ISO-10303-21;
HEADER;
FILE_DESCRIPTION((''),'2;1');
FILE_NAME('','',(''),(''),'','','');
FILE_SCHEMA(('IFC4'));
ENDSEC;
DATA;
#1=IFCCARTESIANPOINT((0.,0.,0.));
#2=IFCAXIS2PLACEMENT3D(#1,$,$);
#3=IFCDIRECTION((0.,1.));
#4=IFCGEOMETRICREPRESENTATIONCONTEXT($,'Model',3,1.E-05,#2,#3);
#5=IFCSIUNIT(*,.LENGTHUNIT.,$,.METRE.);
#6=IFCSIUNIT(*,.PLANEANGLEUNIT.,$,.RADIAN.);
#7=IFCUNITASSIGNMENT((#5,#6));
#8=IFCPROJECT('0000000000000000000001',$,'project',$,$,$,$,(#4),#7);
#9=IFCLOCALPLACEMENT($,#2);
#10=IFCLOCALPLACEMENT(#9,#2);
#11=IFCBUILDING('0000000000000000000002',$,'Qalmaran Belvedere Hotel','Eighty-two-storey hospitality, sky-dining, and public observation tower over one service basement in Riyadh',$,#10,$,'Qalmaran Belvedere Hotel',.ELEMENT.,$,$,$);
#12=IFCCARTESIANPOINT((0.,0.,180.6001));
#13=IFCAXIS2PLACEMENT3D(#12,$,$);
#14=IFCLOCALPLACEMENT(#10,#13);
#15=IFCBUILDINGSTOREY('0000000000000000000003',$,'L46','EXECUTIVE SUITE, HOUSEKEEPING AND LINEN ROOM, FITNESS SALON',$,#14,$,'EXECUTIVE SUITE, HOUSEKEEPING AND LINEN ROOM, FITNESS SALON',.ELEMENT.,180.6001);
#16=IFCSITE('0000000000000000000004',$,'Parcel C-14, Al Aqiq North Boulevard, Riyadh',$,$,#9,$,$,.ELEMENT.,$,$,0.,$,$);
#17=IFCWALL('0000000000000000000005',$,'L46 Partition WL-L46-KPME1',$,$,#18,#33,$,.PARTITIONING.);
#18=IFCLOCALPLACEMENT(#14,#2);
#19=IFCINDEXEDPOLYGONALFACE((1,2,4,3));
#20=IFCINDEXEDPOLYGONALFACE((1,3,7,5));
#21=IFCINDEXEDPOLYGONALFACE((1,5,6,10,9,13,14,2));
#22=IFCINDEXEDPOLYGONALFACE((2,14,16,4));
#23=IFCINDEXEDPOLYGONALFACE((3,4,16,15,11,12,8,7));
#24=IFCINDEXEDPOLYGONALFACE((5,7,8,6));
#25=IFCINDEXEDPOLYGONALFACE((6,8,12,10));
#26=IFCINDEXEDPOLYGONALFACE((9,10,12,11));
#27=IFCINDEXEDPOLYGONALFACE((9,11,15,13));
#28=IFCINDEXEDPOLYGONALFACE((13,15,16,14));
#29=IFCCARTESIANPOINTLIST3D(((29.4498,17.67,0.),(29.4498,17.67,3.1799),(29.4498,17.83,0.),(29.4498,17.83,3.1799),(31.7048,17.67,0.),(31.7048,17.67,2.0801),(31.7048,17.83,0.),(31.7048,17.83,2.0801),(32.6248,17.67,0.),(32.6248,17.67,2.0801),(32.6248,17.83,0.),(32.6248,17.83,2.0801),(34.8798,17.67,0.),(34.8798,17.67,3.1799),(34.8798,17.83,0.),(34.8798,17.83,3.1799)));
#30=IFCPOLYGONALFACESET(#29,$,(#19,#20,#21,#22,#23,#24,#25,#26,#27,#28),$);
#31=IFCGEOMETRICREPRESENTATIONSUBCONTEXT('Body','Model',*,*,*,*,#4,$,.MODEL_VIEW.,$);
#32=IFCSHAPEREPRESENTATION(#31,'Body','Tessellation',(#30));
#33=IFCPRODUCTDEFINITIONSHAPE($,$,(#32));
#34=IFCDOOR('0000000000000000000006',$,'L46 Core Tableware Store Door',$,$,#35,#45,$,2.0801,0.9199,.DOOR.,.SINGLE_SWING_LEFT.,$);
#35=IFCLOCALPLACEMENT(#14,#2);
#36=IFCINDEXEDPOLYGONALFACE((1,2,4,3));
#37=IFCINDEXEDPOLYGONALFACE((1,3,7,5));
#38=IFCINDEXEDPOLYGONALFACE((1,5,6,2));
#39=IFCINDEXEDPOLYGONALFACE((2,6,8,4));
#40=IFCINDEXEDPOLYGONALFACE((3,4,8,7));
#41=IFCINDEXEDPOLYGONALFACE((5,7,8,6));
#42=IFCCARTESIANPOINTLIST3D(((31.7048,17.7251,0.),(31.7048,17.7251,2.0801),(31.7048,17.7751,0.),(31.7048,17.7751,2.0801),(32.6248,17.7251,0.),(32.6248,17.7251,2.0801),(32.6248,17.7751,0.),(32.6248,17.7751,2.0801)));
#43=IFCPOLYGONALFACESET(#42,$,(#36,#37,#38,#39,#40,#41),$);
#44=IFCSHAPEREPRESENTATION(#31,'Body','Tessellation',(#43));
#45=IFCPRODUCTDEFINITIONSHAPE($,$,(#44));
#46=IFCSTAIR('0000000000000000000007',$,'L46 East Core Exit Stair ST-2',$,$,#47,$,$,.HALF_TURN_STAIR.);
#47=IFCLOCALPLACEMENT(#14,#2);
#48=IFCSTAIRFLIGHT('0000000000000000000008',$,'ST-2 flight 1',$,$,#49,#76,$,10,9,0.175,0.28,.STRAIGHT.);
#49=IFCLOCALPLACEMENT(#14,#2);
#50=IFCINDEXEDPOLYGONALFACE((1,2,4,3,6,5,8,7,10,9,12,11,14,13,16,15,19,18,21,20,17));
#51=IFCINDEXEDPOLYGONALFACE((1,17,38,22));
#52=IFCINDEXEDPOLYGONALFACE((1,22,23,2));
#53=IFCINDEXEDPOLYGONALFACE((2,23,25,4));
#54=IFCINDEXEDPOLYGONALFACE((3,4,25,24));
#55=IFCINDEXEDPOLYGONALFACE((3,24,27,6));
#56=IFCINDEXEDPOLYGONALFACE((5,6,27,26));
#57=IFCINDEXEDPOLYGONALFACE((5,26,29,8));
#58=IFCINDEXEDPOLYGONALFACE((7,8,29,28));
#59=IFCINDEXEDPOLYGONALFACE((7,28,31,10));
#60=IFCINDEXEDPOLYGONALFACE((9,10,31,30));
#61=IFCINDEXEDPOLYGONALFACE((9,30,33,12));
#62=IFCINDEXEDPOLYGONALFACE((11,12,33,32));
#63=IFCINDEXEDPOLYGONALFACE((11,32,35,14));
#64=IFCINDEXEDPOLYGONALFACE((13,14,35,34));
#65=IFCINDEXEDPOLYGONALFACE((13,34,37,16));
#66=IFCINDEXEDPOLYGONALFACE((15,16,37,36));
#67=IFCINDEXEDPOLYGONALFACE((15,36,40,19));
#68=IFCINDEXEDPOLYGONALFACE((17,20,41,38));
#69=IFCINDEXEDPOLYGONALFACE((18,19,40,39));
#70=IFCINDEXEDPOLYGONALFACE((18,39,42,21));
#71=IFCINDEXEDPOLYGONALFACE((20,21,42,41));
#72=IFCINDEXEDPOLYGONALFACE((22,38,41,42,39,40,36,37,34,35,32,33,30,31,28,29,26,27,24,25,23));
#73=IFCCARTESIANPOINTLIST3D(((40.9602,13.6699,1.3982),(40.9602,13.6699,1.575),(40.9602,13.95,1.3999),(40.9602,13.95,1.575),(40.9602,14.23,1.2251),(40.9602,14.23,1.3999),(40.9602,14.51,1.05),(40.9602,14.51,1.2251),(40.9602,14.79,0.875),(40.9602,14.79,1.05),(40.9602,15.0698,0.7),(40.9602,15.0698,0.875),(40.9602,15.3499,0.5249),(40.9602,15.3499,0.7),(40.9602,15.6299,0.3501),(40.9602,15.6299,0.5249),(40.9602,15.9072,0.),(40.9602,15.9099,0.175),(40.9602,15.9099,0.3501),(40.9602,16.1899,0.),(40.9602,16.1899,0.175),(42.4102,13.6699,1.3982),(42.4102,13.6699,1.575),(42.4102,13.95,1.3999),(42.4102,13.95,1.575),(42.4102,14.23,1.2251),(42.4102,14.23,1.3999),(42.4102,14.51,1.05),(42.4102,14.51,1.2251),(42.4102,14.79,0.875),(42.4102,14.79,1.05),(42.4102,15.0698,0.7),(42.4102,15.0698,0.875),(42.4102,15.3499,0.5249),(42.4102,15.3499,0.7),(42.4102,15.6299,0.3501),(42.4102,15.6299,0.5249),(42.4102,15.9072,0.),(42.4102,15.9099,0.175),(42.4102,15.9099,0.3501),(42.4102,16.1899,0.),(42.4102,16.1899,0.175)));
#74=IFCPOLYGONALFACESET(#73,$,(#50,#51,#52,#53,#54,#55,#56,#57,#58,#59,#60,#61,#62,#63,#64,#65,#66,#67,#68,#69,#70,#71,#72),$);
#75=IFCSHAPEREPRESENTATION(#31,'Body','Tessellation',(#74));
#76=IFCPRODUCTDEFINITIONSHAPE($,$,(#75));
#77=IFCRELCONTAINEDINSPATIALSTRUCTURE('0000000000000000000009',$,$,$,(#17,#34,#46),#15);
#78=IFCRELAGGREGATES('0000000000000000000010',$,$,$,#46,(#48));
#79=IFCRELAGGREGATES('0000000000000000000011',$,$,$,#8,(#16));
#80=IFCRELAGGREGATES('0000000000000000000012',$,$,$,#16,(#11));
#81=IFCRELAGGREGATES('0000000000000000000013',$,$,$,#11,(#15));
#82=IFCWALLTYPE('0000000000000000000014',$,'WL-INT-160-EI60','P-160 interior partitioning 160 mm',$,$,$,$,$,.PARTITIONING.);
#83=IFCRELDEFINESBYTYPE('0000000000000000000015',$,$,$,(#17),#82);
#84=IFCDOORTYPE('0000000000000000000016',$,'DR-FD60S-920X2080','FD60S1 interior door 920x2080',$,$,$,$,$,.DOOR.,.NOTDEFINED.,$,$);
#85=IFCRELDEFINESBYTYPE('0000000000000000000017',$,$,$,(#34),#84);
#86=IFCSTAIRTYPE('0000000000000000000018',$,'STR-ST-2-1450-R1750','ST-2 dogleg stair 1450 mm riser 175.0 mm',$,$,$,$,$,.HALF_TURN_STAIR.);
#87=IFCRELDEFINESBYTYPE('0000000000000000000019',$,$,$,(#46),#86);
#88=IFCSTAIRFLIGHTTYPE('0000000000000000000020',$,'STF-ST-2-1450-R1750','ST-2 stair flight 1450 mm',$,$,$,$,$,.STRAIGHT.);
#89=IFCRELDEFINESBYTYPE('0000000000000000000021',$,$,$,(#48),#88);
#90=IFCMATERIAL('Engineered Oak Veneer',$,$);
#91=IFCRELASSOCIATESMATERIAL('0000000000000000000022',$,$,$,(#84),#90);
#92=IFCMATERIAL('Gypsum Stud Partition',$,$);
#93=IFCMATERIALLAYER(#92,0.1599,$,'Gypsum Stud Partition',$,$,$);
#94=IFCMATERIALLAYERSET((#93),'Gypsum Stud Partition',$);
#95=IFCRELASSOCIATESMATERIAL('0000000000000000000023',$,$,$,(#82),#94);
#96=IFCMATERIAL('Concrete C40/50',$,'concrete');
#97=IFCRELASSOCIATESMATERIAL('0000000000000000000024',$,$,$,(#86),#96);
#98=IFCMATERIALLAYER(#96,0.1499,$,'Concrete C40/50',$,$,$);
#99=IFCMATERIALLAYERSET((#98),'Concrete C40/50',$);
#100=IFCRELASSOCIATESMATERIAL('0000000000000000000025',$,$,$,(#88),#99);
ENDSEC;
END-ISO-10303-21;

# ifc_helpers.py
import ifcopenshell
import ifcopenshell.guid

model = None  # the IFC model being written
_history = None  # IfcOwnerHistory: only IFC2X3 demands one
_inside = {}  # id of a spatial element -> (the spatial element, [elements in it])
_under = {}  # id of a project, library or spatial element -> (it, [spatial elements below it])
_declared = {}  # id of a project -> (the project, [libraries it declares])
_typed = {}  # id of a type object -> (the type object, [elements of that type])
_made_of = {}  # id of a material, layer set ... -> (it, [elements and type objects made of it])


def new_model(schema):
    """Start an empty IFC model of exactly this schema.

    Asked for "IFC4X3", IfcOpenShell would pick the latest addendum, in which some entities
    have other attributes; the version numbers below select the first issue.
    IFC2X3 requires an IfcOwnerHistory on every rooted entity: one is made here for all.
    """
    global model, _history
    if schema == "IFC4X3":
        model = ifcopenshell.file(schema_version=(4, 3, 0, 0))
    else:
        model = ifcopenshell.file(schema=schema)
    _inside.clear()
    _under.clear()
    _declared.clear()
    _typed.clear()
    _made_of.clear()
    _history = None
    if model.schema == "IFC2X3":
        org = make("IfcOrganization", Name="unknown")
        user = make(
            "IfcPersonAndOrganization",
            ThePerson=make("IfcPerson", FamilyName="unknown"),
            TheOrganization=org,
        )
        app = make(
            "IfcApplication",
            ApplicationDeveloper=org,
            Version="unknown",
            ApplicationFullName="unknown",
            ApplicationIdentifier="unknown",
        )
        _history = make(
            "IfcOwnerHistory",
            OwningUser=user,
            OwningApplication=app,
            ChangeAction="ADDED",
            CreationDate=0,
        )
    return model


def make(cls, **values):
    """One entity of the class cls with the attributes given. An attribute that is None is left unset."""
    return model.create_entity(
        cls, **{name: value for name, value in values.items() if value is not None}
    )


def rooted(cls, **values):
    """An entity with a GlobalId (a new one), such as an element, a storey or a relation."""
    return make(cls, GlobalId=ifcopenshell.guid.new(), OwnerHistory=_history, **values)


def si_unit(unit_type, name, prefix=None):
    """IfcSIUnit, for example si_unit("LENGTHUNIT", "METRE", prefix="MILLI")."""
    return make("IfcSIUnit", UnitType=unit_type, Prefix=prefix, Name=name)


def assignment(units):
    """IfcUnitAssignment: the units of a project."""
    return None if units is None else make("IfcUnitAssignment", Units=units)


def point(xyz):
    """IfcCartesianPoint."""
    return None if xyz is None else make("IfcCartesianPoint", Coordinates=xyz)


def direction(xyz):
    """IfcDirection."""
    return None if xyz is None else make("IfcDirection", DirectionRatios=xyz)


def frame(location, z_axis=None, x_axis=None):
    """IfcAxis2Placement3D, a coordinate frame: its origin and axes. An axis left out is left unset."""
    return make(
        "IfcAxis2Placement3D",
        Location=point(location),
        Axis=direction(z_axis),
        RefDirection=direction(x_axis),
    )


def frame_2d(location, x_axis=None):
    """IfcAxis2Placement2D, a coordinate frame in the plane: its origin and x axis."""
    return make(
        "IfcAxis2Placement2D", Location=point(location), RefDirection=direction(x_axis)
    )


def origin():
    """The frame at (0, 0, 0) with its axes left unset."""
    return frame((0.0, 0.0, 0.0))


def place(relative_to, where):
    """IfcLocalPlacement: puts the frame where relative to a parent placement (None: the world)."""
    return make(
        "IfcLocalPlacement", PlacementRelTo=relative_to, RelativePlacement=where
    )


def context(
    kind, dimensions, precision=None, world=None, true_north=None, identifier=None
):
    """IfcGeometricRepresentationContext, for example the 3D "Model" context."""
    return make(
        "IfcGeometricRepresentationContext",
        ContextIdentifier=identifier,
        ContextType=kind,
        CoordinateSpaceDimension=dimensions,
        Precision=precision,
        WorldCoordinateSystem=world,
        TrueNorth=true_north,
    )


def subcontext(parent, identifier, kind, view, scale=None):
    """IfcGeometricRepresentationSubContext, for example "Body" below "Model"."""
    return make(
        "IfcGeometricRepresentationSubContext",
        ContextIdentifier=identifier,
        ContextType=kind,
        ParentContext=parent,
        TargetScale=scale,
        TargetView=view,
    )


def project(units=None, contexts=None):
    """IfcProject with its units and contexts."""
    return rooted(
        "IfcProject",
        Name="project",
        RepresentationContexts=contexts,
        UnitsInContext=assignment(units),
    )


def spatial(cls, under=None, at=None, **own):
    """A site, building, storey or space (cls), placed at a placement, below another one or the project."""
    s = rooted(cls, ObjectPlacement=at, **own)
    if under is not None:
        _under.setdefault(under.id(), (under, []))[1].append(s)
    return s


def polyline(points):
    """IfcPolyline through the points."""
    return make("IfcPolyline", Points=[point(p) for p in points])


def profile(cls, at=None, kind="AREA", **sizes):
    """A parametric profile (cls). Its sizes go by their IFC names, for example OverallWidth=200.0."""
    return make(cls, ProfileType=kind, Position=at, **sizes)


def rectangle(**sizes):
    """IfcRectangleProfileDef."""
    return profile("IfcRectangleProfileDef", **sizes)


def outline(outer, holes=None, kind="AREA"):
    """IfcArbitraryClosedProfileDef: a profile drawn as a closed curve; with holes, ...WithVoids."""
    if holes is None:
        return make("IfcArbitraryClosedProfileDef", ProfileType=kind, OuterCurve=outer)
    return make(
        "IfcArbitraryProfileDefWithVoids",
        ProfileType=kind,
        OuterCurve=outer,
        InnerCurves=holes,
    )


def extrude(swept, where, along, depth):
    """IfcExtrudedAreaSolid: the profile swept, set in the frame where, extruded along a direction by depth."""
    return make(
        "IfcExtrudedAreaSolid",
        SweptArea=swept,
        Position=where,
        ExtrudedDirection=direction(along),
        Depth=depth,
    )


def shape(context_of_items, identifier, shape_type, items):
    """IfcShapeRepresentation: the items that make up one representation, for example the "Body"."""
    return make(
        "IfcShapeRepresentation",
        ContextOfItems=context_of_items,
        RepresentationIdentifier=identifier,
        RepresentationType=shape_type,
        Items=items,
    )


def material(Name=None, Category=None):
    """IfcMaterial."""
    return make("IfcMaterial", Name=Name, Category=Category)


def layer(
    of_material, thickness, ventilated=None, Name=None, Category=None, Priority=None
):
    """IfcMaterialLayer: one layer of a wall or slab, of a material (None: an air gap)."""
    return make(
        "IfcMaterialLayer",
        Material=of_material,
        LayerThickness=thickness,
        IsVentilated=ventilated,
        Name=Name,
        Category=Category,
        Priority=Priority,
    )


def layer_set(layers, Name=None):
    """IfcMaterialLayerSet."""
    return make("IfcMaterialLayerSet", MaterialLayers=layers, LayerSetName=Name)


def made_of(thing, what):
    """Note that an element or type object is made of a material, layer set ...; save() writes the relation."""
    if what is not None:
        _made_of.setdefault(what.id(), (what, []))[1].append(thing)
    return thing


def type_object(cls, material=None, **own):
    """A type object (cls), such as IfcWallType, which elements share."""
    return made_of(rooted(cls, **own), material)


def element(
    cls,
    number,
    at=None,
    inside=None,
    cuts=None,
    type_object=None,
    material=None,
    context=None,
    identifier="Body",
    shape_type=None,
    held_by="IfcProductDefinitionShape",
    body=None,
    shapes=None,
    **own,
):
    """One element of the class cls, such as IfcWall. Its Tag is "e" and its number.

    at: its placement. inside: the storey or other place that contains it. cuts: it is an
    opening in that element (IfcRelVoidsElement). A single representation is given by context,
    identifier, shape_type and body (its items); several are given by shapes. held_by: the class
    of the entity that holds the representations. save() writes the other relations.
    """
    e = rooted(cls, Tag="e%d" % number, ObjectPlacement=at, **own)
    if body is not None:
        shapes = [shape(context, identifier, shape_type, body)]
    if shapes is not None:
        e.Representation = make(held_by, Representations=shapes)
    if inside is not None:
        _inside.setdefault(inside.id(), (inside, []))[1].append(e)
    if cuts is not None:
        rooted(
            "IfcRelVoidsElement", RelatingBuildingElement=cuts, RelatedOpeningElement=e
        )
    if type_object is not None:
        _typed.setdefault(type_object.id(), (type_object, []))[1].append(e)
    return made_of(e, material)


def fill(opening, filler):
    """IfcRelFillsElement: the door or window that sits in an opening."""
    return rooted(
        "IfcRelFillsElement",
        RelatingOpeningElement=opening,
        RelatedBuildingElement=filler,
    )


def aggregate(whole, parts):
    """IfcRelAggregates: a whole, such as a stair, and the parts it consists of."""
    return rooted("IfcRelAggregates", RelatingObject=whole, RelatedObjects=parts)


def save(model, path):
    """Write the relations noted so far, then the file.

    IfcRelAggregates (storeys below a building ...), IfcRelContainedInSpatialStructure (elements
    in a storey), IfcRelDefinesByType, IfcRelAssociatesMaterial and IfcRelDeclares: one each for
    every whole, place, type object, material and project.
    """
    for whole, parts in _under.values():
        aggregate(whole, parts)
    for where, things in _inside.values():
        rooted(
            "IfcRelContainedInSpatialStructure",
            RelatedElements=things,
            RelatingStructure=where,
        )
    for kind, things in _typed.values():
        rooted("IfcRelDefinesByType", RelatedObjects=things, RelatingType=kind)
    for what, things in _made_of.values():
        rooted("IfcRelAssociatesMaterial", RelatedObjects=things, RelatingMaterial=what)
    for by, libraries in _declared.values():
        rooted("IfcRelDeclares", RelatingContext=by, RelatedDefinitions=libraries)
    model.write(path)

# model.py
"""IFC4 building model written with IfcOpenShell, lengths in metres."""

from ifc_helpers import new_model, si_unit, direction, frame, frame_2d, origin, place, context, subcontext, project, spatial, polyline, rectangle, outline, extrude, material, layer, layer_set, type_object, element, fill, aggregate, save


model = new_model("IFC4")

# Units and contexts
model_context = context("Model", 3, precision=1e-05, world=origin(), true_north=direction((0.0, 1.0)))
body_context = subcontext(model_context, "Body", "Model", "MODEL_VIEW")
ifc_project = project(units=[si_unit("LENGTHUNIT", "METRE"), si_unit("PLANEANGLEUNIT", "RADIAN")], contexts=[model_context])

# Site, building, storey
site_placement = place(None, origin())
site = spatial("IfcSite", under=ifc_project, at=site_placement, Name="Parcel C-14, Al Aqiq North Boulevard, Riyadh", CompositionType="ELEMENT", RefElevation=0.0)
building_placement = place(site_placement, origin())
building = spatial("IfcBuilding", under=site, at=building_placement, Name="Qalmaran Belvedere Hotel", Description="Eighty-two-storey hospitality, sky-dining, and public observation tower over one service basement in Riyadh", LongName="Qalmaran Belvedere Hotel", CompositionType="ELEMENT")
storey_placement = place(building_placement, frame((0.0, 0.0, 180.6001)))
storey = spatial("IfcBuildingStorey", under=building, at=storey_placement, Name="L46", Description="EXECUTIVE SUITE, HOUSEKEEPING AND LINEN ROOM, FITNESS SALON", LongName="EXECUTIVE SUITE, HOUSEKEEPING AND LINEN ROOM, FITNESS SALON", CompositionType="ELEMENT", Elevation=180.6001)

# Shared definitions
ifc_material_1 = material(Name="Gypsum Stud Partition")

# Shared definitions
ifc_material_2 = material(Name="Engineered Oak Veneer")
door_type_1 = type_object("IfcDoorType", Name="DR-FD60S-920X2080", Description="FD60S1 interior door 920x2080", OperationType="NOTDEFINED", PredefinedType="DOOR", material=ifc_material_2)

# Wall, opening, door
ifc_layer_1 = layer(ifc_material_1, 0.1599, Name="Gypsum Stud Partition")
ifc_layer_set_1 = layer_set([ifc_layer_1], Name="Gypsum Stud Partition")
wall_type_1 = type_object("IfcWallType", Name="WL-INT-160-EI60", Description="P-160 interior partitioning 160 mm", PredefinedType="PARTITIONING", material=ifc_layer_set_1)
wall_1_placement = place(storey_placement, frame((29.45, 17.75, 0.0), z_axis=(0.0, 0.0, 1.0), x_axis=(1.0, 0.0, 0.0)))
wall_1 = element("IfcWall", 1, at=wall_1_placement, inside=storey, type_object=wall_type_1, Name="L46 Partition WL-L46-KPME1", PredefinedType="PARTITIONING", context=body_context, shape_type="SweptSolid", body=[
    extrude(rectangle(XDim=5.4299, YDim=0.1599, at=frame_2d((2.7148, 0.0))), origin(), (0.0, 0.0, 1.0), 3.1799),
])
opening_1_placement = place(wall_1_placement, frame((3.1748, 0.0, 0.0), z_axis=(0.0, 0.0, 1.0), x_axis=(-1.0, 0.0, 0.0)))
opening_1 = element("IfcOpeningElement", 2, at=opening_1_placement, cuts=wall_1, PredefinedType="OPENING", context=body_context, shape_type="SweptSolid", body=[
    extrude(rectangle(XDim=0.9199, YDim=2.0801, at=frame_2d((0.46, 1.04))), frame((0.0, 0.0898, 0.0), z_axis=(0.0, -1.0, 0.0), x_axis=(1.0, 0.0, 0.0)), (0.0, 0.0, 1.0), 0.1799),
])
door_1_placement = place(opening_1_placement, origin())
door_1 = element("IfcDoor", 3, at=door_1_placement, inside=storey, type_object=door_type_1, Name="L46 Core Tableware Store Door", OperationType="SINGLE_SWING_LEFT", OverallHeight=2.0801, OverallWidth=0.9199, PredefinedType="DOOR", context=body_context, shape_type="SweptSolid", body=[
    extrude(rectangle(XDim=0.9199, YDim=2.0801, at=frame_2d((0.46, 1.04))), frame((0.0, 0.0249, 0.0), z_axis=(0.0, -1.0, 0.0), x_axis=(1.0, 0.0, 0.0)), (0.0, 0.0, 1.0), 0.05),
])
fill(opening_1, door_1)

# Stair, stair flight
ifc_material_3 = material(Name="Concrete C40/50", Category="concrete")
stair_type = type_object("IfcStairType", Name="STR-ST-2-1450-R1750", Description="ST-2 dogleg stair 1450 mm riser 175.0 mm", PredefinedType="HALF_TURN_STAIR", material=ifc_material_3)
stair_placement = place(storey_placement, origin())
stair = element("IfcStair", 4, at=stair_placement, inside=storey, type_object=stair_type, Name="L46 East Core Exit Stair ST-2", PredefinedType="HALF_TURN_STAIR")
ifc_layer_2 = layer(ifc_material_3, 0.1499, Name="Concrete C40/50")
ifc_layer_set_2 = layer_set([ifc_layer_2], Name="Concrete C40/50")
stair_flight_type = type_object("IfcStairFlightType", Name="STF-ST-2-1450-R1750", Description="ST-2 stair flight 1450 mm", PredefinedType="STRAIGHT", material=ifc_layer_set_2)
stair_flight_placement = place(storey_placement, frame((41.6851, 16.1899, 0.0), z_axis=(0.0, 0.0, 1.0), x_axis=(0.0, -1.0, 0.0)))
stair_flight = element("IfcStairFlight", 5, at=stair_flight_placement, type_object=stair_flight_type, Name="ST-2 flight 1", NumberOfRisers=10, NumberOfTreads=9, PredefinedType="STRAIGHT", RiserHeight=0.175, TreadLength=0.28, context=body_context, shape_type="SweptSolid", body=[
    extrude(outline(polyline([(0.0, 0.0), (0.0, 0.175), (0.28, 0.175), (0.28, 0.3501), (0.5601, 0.3501), (0.5601, 0.5249), (0.8401, 0.5249), (0.8401, 0.7), (1.1201, 0.7), (1.1201, 0.875), (1.3999, 0.875), (1.3999, 1.05), (1.6799, 1.05), (1.6799, 1.2251), (1.96, 1.2251), (1.96, 1.3999), (2.24, 1.3999), (2.24, 1.575), (2.52, 1.575), (2.52, 1.75), (2.52, 1.3982), (0.2827, 0.0), (0.0, 0.0)])), frame((0.0, 0.7251, 0.0), z_axis=(0.0, -1.0, 0.0), x_axis=(1.0, 0.0, 0.0)), (0.0, 0.0, 1.0), 1.45),
])
aggregate(stair, [stair_flight])

save(model, "model.ifc")
